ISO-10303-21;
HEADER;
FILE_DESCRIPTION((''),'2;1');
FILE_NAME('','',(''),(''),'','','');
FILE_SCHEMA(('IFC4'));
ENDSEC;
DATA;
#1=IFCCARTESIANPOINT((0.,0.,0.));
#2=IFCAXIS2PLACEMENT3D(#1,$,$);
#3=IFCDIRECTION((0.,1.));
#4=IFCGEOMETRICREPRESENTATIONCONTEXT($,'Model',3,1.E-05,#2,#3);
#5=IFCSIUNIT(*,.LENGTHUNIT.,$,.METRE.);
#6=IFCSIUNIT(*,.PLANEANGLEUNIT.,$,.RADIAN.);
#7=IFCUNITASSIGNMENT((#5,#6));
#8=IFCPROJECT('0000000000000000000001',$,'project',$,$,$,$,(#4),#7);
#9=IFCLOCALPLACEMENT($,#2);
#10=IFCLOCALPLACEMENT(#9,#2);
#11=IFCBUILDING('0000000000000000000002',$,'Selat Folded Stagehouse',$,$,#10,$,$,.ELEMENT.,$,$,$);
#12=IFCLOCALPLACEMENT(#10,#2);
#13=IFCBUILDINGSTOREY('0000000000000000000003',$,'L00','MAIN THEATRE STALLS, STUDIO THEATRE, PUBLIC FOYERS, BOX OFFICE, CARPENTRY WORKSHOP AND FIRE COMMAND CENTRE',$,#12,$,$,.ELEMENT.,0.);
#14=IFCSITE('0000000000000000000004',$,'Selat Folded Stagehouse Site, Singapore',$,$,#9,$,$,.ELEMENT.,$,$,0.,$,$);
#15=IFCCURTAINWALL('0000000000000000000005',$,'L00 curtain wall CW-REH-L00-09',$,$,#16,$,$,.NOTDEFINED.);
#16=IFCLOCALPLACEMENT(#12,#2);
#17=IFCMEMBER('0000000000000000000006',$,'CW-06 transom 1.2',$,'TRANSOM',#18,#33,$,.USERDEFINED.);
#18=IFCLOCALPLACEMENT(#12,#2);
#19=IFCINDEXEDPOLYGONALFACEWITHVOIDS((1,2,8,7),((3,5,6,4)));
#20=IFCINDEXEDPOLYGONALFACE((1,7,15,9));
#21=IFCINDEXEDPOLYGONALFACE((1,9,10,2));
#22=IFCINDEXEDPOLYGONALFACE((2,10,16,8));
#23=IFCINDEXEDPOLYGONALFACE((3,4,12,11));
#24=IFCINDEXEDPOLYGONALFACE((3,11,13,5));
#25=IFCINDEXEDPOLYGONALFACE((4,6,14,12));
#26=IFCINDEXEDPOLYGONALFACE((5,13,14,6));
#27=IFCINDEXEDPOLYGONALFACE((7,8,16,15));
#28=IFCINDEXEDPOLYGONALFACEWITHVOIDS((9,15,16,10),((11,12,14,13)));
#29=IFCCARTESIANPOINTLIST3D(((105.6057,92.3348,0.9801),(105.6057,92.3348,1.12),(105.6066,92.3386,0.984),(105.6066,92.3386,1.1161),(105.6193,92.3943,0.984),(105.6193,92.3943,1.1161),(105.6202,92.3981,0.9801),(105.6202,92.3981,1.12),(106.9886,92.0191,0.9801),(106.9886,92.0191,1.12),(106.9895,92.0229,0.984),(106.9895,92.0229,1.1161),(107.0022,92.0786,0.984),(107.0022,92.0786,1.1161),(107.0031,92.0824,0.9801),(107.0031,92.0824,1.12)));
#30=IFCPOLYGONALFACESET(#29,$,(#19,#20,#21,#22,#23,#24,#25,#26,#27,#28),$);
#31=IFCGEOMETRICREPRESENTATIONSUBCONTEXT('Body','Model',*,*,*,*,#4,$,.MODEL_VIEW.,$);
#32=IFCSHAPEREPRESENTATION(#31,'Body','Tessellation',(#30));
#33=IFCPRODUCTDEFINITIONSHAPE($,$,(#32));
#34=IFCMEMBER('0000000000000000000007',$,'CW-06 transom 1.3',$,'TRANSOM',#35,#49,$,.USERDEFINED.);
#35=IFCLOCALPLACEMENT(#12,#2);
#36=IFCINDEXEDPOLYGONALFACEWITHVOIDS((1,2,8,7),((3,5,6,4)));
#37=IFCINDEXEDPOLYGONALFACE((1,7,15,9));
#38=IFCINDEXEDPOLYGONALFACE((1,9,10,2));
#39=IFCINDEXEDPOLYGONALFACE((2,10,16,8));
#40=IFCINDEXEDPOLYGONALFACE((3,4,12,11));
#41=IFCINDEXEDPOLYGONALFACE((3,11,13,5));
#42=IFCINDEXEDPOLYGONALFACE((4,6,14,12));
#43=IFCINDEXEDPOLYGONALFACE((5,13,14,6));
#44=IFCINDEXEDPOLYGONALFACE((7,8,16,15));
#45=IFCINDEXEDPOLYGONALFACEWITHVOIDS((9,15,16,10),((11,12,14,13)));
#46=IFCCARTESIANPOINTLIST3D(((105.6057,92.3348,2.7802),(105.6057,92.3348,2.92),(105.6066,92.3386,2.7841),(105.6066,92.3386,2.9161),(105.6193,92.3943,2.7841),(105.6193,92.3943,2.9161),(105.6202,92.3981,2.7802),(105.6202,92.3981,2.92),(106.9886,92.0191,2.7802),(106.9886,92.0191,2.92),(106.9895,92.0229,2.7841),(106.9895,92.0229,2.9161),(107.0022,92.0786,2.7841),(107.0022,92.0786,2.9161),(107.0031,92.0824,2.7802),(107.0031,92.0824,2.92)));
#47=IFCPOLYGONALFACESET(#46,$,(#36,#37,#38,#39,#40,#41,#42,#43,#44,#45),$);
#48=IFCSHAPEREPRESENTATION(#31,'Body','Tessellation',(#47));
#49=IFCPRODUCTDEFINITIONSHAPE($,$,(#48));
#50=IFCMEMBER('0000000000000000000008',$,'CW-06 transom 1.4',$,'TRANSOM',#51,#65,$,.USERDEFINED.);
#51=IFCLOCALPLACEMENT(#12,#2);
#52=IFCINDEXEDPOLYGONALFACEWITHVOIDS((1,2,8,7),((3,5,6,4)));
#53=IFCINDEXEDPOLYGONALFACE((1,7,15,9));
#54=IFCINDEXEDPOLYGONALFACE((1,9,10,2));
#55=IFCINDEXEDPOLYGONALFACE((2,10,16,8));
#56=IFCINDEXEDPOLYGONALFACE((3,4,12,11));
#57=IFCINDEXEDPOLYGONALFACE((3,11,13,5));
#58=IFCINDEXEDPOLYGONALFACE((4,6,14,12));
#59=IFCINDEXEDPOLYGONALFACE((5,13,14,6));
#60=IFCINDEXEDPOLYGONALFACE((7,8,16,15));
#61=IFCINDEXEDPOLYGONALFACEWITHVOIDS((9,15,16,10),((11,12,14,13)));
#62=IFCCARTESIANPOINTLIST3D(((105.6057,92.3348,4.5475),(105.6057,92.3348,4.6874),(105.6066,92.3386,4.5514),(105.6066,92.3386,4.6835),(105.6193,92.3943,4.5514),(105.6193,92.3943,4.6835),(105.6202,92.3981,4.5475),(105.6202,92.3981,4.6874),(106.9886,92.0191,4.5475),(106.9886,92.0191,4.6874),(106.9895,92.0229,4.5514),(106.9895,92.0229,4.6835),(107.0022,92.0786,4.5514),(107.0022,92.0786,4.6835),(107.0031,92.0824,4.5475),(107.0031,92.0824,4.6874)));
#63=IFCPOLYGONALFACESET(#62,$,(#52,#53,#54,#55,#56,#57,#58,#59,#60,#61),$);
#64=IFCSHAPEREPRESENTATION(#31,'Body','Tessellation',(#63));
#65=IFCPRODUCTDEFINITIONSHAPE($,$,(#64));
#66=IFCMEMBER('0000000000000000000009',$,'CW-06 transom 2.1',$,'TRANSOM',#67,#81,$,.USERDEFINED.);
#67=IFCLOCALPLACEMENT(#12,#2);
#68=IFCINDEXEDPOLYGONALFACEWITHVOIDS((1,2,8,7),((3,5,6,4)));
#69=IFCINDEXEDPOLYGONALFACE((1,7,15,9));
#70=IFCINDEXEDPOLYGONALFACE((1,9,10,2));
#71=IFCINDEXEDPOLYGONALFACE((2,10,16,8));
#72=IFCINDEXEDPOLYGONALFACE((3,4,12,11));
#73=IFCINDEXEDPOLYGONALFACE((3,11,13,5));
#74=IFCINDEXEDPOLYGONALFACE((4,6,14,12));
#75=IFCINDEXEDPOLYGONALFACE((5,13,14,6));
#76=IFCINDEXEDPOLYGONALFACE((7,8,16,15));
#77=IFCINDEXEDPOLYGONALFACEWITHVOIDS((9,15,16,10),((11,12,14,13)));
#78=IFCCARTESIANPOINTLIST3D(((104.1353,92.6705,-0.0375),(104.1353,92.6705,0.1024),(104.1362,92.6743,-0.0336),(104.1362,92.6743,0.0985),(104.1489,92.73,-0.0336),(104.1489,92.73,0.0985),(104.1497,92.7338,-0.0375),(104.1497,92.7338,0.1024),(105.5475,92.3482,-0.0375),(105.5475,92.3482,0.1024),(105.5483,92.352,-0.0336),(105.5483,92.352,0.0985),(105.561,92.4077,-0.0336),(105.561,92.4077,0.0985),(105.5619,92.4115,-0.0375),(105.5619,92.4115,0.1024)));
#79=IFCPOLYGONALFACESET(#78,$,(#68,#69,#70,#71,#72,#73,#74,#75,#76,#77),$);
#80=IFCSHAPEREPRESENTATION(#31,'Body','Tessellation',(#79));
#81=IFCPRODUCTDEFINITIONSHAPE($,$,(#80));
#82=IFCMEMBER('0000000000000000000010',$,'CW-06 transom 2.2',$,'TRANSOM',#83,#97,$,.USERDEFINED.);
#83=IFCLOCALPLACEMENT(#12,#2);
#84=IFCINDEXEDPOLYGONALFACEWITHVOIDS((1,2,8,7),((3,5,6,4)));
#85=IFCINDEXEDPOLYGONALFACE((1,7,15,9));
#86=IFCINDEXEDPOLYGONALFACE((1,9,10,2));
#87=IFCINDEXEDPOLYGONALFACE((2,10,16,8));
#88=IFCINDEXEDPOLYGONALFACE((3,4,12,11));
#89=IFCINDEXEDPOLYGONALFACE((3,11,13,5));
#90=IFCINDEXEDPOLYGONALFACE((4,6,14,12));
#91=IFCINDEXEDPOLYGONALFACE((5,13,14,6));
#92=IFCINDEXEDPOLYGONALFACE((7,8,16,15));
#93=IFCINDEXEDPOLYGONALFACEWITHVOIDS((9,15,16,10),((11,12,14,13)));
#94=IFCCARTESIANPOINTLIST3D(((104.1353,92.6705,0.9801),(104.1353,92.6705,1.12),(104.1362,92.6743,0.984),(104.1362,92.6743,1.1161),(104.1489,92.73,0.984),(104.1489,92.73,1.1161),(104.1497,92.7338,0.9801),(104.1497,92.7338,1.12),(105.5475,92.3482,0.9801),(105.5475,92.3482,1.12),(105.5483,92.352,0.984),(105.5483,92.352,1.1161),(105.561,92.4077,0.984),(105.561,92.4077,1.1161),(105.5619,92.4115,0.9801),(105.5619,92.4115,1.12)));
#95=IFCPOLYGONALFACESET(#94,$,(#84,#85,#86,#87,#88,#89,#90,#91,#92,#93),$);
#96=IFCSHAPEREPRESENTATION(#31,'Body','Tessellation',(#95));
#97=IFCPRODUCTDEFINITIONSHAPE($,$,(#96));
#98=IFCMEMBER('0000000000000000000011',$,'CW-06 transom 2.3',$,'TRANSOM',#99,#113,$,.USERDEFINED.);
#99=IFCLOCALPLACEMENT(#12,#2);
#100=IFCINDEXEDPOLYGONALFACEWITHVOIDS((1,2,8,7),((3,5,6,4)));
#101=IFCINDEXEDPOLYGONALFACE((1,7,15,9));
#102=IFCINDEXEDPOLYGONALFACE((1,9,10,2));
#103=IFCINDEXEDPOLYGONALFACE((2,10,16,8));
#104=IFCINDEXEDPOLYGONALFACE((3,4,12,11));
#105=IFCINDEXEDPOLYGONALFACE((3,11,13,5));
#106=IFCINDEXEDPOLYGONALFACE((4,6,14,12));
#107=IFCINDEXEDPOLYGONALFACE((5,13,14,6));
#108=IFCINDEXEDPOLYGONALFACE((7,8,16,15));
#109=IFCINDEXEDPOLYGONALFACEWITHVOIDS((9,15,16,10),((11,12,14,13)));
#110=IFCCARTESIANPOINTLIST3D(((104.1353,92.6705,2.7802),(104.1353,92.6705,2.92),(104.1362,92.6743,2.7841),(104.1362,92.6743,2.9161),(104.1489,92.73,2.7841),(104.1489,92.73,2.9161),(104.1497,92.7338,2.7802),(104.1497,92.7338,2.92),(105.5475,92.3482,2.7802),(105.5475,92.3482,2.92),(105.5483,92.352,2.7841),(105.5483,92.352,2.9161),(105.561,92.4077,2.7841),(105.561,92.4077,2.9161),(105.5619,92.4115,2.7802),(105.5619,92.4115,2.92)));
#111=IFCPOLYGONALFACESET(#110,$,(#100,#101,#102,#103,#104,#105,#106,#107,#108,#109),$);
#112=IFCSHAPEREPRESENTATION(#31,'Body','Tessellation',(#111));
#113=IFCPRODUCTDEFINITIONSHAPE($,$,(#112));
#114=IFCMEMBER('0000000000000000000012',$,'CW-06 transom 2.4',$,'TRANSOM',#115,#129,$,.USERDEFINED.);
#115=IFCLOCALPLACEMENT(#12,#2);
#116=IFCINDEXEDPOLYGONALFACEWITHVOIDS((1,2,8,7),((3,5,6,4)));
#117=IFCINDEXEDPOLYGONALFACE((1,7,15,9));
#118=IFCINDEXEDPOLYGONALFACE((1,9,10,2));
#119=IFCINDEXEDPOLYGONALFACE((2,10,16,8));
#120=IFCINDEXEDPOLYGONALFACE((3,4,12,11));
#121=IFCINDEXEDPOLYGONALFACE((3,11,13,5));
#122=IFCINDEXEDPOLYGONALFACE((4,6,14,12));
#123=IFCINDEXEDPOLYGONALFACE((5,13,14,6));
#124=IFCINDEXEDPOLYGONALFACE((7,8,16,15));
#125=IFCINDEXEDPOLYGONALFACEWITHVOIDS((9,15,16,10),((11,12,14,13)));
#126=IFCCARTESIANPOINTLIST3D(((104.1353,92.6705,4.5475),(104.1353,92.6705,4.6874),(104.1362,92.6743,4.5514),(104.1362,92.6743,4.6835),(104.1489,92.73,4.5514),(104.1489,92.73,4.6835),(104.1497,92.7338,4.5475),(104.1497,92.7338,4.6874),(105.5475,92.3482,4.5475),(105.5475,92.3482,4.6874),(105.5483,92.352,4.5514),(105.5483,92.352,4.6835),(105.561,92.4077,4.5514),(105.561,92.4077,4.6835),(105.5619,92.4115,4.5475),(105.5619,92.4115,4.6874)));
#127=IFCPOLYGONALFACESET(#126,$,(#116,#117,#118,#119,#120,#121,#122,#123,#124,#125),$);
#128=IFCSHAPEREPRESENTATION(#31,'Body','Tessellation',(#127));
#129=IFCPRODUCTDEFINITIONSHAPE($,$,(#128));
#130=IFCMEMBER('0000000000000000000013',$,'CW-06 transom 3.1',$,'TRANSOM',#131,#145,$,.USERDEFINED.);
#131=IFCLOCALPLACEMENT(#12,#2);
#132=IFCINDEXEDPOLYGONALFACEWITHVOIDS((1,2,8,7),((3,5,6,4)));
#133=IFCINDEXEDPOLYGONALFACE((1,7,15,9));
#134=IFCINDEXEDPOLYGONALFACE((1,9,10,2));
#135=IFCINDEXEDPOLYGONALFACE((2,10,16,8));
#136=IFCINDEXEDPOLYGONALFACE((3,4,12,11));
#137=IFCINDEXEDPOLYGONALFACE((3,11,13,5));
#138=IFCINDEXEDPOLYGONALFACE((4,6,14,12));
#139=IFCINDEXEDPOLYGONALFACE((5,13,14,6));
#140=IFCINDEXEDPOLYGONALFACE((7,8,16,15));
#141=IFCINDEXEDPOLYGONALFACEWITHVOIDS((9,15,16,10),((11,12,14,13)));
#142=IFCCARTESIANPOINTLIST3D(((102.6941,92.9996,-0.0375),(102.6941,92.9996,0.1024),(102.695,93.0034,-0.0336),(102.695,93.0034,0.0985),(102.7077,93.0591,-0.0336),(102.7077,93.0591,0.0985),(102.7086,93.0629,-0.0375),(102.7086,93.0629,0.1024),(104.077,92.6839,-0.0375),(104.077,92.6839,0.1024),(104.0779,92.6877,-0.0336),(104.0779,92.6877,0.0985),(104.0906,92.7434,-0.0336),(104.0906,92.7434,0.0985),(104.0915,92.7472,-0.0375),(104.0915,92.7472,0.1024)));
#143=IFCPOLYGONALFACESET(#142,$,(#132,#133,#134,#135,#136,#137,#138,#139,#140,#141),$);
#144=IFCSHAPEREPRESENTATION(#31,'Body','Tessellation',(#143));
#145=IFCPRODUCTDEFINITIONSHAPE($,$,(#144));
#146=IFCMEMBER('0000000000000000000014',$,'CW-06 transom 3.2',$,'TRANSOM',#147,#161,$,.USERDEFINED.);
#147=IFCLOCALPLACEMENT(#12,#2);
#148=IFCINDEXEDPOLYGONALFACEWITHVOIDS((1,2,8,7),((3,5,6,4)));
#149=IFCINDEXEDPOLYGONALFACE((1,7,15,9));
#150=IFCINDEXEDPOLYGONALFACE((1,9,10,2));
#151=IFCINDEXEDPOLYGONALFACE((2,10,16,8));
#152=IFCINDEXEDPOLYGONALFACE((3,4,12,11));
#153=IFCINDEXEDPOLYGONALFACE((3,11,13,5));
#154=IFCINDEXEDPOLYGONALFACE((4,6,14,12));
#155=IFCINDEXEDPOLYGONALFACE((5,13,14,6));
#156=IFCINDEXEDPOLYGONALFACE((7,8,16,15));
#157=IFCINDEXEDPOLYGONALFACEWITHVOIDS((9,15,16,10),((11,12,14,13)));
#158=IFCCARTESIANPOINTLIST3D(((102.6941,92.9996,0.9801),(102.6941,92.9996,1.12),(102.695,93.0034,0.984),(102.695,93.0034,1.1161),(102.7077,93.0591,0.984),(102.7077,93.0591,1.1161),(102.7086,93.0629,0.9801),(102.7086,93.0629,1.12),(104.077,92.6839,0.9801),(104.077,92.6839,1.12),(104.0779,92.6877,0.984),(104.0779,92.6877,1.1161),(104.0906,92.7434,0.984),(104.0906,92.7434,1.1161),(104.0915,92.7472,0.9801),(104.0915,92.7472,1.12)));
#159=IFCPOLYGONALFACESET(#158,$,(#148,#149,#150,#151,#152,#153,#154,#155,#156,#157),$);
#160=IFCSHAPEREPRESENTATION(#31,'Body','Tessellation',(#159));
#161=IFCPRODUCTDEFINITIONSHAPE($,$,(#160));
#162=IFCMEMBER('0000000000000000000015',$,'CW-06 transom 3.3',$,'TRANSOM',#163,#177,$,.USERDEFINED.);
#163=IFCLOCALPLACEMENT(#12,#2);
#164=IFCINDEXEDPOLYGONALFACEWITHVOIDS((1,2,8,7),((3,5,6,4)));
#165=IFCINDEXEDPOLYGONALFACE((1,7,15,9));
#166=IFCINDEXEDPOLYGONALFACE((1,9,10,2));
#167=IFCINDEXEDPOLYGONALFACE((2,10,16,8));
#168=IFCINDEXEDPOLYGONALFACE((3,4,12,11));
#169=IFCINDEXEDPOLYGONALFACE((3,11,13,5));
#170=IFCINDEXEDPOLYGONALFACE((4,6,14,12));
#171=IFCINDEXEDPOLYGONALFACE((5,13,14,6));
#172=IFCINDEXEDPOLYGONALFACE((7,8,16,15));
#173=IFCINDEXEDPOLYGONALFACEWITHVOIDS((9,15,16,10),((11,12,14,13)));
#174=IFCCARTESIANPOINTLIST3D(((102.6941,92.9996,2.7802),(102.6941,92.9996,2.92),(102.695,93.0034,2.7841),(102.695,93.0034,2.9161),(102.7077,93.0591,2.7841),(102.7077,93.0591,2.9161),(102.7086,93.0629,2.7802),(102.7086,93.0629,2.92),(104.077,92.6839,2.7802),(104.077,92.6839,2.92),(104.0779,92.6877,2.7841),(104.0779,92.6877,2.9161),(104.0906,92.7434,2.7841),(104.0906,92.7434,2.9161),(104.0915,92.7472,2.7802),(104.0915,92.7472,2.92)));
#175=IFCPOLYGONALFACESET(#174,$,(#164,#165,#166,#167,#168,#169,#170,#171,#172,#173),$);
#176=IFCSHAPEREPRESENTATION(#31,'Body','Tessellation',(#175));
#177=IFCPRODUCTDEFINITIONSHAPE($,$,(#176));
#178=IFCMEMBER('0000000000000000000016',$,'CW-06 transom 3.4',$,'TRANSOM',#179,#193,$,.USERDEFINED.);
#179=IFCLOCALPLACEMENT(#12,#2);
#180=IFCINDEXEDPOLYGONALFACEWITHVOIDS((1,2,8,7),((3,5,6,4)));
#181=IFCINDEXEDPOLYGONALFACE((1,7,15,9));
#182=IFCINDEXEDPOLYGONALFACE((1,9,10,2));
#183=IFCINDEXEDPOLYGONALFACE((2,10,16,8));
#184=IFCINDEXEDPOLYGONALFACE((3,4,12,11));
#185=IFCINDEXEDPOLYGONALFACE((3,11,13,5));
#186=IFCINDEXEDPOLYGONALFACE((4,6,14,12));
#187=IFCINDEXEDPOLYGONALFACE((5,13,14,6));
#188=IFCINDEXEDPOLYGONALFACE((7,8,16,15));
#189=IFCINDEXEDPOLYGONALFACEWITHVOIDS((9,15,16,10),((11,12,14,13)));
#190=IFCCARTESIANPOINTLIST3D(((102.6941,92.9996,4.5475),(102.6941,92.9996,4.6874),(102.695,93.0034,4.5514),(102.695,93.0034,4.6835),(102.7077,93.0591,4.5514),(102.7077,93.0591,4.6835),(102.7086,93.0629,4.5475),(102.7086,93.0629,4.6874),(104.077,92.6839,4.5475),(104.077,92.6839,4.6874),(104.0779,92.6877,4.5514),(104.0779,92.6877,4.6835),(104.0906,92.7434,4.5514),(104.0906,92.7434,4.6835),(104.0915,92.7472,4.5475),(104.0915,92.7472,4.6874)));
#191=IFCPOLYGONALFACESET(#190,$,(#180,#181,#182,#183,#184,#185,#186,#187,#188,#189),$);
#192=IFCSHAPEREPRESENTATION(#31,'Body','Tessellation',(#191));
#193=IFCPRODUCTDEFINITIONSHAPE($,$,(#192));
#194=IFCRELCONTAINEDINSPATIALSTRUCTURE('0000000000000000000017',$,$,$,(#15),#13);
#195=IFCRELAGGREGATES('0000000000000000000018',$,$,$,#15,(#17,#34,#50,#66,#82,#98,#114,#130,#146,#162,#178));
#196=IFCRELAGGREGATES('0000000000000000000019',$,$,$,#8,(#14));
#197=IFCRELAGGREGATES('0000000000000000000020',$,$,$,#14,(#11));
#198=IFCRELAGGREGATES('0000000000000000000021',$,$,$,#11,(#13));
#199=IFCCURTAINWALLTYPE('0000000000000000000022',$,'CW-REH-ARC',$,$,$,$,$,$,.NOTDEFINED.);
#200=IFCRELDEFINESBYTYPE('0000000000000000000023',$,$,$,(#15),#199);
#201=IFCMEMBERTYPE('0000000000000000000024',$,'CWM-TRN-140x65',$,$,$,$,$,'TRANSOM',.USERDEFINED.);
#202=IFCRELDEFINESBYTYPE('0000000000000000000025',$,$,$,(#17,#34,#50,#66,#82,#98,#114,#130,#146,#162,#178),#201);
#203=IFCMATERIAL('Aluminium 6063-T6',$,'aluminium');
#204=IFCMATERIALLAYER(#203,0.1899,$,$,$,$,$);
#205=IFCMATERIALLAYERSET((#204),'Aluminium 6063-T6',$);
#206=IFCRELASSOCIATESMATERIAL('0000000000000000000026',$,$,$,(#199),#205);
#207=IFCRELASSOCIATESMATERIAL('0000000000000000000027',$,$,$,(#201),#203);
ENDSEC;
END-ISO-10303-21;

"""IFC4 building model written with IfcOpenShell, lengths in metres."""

from ifc_helpers import new_model, si_unit, direction, frame, origin, origin_2d, place, context, subcontext, project, spatial, hollow_rectangle, extrude, material, layer, layer_set, material_profile, profile_set, type_object, element, aggregate, save


model = new_model("IFC4")

# Units and contexts
model_context = context("Model", 3, precision=1e-05, world=origin(), true_north=direction((0.0, 1.0)))
body_context = subcontext(model_context, "Body", "Model", "MODEL_VIEW")
ifc_project = project(units=[si_unit("LENGTHUNIT", "METRE"), si_unit("PLANEANGLEUNIT", "RADIAN")], contexts=[model_context])

# Site, building, storey
site_placement = place(None, origin())
site = spatial("IfcSite", under=ifc_project, at=site_placement, Name="Selat Folded Stagehouse Site, Singapore", CompositionType="ELEMENT", RefElevation=0.0)
building_placement = place(site_placement, origin())
building = spatial("IfcBuilding", under=site, at=building_placement, Name="Selat Folded Stagehouse", CompositionType="ELEMENT")
storey_placement = place(building_placement, origin())
storey = spatial("IfcBuildingStorey", under=building, at=storey_placement, Name="L00", Description="MAIN THEATRE STALLS, STUDIO THEATRE, PUBLIC FOYERS, BOX OFFICE, CARPENTRY WORKSHOP AND FIRE COMMAND CENTRE", CompositionType="ELEMENT", Elevation=0.0)

# Curtain wall
ifc_material_1 = material(Name="Aluminium 6063-T6", Category="aluminium")
ifc_layer_1 = layer(ifc_material_1, 0.1899)
ifc_layer_set_1 = layer_set([ifc_layer_1], Name="Aluminium 6063-T6")
curtain_wall_type = type_object("IfcCurtainWallType", Name="CW-REH-ARC", PredefinedType="NOTDEFINED", material=ifc_layer_set_1)
curtain_wall_1_placement = place(storey_placement, origin())
curtain_wall_1 = element("IfcCurtainWall", 1, at=curtain_wall_1_placement, inside=storey, type_object=curtain_wall_type, Name="L00 curtain wall CW-REH-L00-09", PredefinedType="NOTDEFINED")

# Members
ifc_material_profile_1 = material_profile(ifc_material_1, hollow_rectangle(XDim=0.0649, YDim=0.1399, WallThickness=0.0039, at=origin_2d()), Name="ALU 140x65x4.0")
ifc_profile_set_1 = profile_set([ifc_material_profile_1], Name="Aluminium 6063-T6")
member_type_1 = type_object("IfcMemberType", Name="CWM-TRN-140x65", ElementType="TRANSOM", PredefinedType="USERDEFINED", material=ifc_profile_set_1)
member_1_placement = place(storey_placement, frame((106.9958, 92.0508, 1.05), z_axis=(-0.974919, 0.222558, 0.0), x_axis=(-0.222558, -0.974919, 0.0)))
member_1 = element("IfcMember", 2, at=member_1_placement, type_object=member_type_1, Name="CW-06 transom 1.2", ObjectType="TRANSOM", PredefinedType="USERDEFINED", context=body_context, shape_type="SweptSolid", body=[
    extrude(hollow_rectangle(XDim=0.0649, YDim=0.1399, WallThickness=0.0039, at=origin_2d()), origin(), (0.0, 0.0, 1.0), 1.4185),
])
member_2_placement = place(storey_placement, frame((106.9958, 92.0508, 2.8501), z_axis=(-0.974919, 0.222558, 0.0), x_axis=(-0.222558, -0.974919, 0.0)))
member_2 = element("IfcMember", 3, at=member_2_placement, type_object=member_type_1, Name="CW-06 transom 1.3", ObjectType="TRANSOM", PredefinedType="USERDEFINED", context=body_context, shape_type="SweptSolid", body=[
    extrude(hollow_rectangle(XDim=0.0649, YDim=0.1399, WallThickness=0.0039, at=origin_2d()), origin(), (0.0, 0.0, 1.0), 1.4185),
])
member_3_placement = place(storey_placement, frame((106.9958, 92.0508, 4.6174), z_axis=(-0.974919, 0.222558, 0.0), x_axis=(-0.222558, -0.974919, 0.0)))
member_3 = element("IfcMember", 4, at=member_3_placement, type_object=member_type_1, Name="CW-06 transom 1.4", ObjectType="TRANSOM", PredefinedType="USERDEFINED", context=body_context, shape_type="SweptSolid", body=[
    extrude(hollow_rectangle(XDim=0.0649, YDim=0.1399, WallThickness=0.0039, at=origin_2d()), origin(), (0.0, 0.0, 1.0), 1.4185),
])
member_4_placement = place(storey_placement, frame((105.5547, 92.3799, 0.0325), z_axis=(-0.974934, 0.222495, 0.0), x_axis=(-0.222495, -0.974934, 0.0)))
member_4 = element("IfcMember", 5, at=member_4_placement, type_object=member_type_1, Name="CW-06 transom 2.1", ObjectType="TRANSOM", PredefinedType="USERDEFINED", context=body_context, shape_type="SweptSolid", body=[
    extrude(hollow_rectangle(XDim=0.0649, YDim=0.1399, WallThickness=0.0039, at=origin_2d()), origin(), (0.0, 0.0, 1.0), 1.4485),
])
member_5_placement = place(storey_placement, frame((105.5547, 92.3799, 1.05), z_axis=(-0.974934, 0.222495, 0.0), x_axis=(-0.222495, -0.974934, 0.0)))
member_5 = element("IfcMember", 6, at=member_5_placement, type_object=member_type_1, Name="CW-06 transom 2.2", ObjectType="TRANSOM", PredefinedType="USERDEFINED", context=body_context, shape_type="SweptSolid", body=[
    extrude(hollow_rectangle(XDim=0.0649, YDim=0.1399, WallThickness=0.0039, at=origin_2d()), origin(), (0.0, 0.0, 1.0), 1.4485),
])
member_6_placement = place(storey_placement, frame((105.5547, 92.3799, 2.8501), z_axis=(-0.974934, 0.222495, 0.0), x_axis=(-0.222495, -0.974934, 0.0)))
member_6 = element("IfcMember", 7, at=member_6_placement, type_object=member_type_1, Name="CW-06 transom 2.3", ObjectType="TRANSOM", PredefinedType="USERDEFINED", context=body_context, shape_type="SweptSolid", body=[
    extrude(hollow_rectangle(XDim=0.0649, YDim=0.1399, WallThickness=0.0039, at=origin_2d()), origin(), (0.0, 0.0, 1.0), 1.4485),
])
member_7_placement = place(storey_placement, frame((105.5547, 92.3799, 4.6174), z_axis=(-0.974934, 0.222495, 0.0), x_axis=(-0.222495, -0.974934, 0.0)))
member_7 = element("IfcMember", 8, at=member_7_placement, type_object=member_type_1, Name="CW-06 transom 2.4", ObjectType="TRANSOM", PredefinedType="USERDEFINED", context=body_context, shape_type="SweptSolid", body=[
    extrude(hollow_rectangle(XDim=0.0649, YDim=0.1399, WallThickness=0.0039, at=origin_2d()), origin(), (0.0, 0.0, 1.0), 1.4485),
])
member_8_placement = place(storey_placement, frame((104.0842, 92.7156, 0.0325), z_axis=(-0.974919, 0.222558, 0.0), x_axis=(-0.222558, -0.974919, 0.0)))
member_8 = element("IfcMember", 9, at=member_8_placement, type_object=member_type_1, Name="CW-06 transom 3.1", ObjectType="TRANSOM", PredefinedType="USERDEFINED", context=body_context, shape_type="SweptSolid", body=[
    extrude(hollow_rectangle(XDim=0.0649, YDim=0.1399, WallThickness=0.0039, at=origin_2d()), origin(), (0.0, 0.0, 1.0), 1.4185),
])
member_9_placement = place(storey_placement, frame((104.0842, 92.7156, 1.05), z_axis=(-0.974919, 0.222558, 0.0), x_axis=(-0.222558, -0.974919, 0.0)))
member_9 = element("IfcMember", 10, at=member_9_placement, type_object=member_type_1, Name="CW-06 transom 3.2", ObjectType="TRANSOM", PredefinedType="USERDEFINED", context=body_context, shape_type="SweptSolid", body=[
    extrude(hollow_rectangle(XDim=0.0649, YDim=0.1399, WallThickness=0.0039, at=origin_2d()), origin(), (0.0, 0.0, 1.0), 1.4185),
])
member_10_placement = place(storey_placement, frame((104.0842, 92.7156, 2.8501), z_axis=(-0.974919, 0.222558, 0.0), x_axis=(-0.222558, -0.974919, 0.0)))
member_10 = element("IfcMember", 11, at=member_10_placement, type_object=member_type_1, Name="CW-06 transom 3.3", ObjectType="TRANSOM", PredefinedType="USERDEFINED", context=body_context, shape_type="SweptSolid", body=[
    extrude(hollow_rectangle(XDim=0.0649, YDim=0.1399, WallThickness=0.0039, at=origin_2d()), origin(), (0.0, 0.0, 1.0), 1.4185),
])
member_11_placement = place(storey_placement, frame((104.0842, 92.7156, 4.6174), z_axis=(-0.974919, 0.222558, 0.0), x_axis=(-0.222558, -0.974919, 0.0)))
member_11 = element("IfcMember", 12, at=member_11_placement, type_object=member_type_1, Name="CW-06 transom 3.4", ObjectType="TRANSOM", PredefinedType="USERDEFINED", context=body_context, shape_type="SweptSolid", body=[
    extrude(hollow_rectangle(XDim=0.0649, YDim=0.1399, WallThickness=0.0039, at=origin_2d()), origin(), (0.0, 0.0, 1.0), 1.4185),
])

aggregate(curtain_wall_1, [member_1, member_2, member_3, member_4, member_5, member_6, member_7, member_8, member_9, member_10, member_11])

save(model, "model.ifc")
